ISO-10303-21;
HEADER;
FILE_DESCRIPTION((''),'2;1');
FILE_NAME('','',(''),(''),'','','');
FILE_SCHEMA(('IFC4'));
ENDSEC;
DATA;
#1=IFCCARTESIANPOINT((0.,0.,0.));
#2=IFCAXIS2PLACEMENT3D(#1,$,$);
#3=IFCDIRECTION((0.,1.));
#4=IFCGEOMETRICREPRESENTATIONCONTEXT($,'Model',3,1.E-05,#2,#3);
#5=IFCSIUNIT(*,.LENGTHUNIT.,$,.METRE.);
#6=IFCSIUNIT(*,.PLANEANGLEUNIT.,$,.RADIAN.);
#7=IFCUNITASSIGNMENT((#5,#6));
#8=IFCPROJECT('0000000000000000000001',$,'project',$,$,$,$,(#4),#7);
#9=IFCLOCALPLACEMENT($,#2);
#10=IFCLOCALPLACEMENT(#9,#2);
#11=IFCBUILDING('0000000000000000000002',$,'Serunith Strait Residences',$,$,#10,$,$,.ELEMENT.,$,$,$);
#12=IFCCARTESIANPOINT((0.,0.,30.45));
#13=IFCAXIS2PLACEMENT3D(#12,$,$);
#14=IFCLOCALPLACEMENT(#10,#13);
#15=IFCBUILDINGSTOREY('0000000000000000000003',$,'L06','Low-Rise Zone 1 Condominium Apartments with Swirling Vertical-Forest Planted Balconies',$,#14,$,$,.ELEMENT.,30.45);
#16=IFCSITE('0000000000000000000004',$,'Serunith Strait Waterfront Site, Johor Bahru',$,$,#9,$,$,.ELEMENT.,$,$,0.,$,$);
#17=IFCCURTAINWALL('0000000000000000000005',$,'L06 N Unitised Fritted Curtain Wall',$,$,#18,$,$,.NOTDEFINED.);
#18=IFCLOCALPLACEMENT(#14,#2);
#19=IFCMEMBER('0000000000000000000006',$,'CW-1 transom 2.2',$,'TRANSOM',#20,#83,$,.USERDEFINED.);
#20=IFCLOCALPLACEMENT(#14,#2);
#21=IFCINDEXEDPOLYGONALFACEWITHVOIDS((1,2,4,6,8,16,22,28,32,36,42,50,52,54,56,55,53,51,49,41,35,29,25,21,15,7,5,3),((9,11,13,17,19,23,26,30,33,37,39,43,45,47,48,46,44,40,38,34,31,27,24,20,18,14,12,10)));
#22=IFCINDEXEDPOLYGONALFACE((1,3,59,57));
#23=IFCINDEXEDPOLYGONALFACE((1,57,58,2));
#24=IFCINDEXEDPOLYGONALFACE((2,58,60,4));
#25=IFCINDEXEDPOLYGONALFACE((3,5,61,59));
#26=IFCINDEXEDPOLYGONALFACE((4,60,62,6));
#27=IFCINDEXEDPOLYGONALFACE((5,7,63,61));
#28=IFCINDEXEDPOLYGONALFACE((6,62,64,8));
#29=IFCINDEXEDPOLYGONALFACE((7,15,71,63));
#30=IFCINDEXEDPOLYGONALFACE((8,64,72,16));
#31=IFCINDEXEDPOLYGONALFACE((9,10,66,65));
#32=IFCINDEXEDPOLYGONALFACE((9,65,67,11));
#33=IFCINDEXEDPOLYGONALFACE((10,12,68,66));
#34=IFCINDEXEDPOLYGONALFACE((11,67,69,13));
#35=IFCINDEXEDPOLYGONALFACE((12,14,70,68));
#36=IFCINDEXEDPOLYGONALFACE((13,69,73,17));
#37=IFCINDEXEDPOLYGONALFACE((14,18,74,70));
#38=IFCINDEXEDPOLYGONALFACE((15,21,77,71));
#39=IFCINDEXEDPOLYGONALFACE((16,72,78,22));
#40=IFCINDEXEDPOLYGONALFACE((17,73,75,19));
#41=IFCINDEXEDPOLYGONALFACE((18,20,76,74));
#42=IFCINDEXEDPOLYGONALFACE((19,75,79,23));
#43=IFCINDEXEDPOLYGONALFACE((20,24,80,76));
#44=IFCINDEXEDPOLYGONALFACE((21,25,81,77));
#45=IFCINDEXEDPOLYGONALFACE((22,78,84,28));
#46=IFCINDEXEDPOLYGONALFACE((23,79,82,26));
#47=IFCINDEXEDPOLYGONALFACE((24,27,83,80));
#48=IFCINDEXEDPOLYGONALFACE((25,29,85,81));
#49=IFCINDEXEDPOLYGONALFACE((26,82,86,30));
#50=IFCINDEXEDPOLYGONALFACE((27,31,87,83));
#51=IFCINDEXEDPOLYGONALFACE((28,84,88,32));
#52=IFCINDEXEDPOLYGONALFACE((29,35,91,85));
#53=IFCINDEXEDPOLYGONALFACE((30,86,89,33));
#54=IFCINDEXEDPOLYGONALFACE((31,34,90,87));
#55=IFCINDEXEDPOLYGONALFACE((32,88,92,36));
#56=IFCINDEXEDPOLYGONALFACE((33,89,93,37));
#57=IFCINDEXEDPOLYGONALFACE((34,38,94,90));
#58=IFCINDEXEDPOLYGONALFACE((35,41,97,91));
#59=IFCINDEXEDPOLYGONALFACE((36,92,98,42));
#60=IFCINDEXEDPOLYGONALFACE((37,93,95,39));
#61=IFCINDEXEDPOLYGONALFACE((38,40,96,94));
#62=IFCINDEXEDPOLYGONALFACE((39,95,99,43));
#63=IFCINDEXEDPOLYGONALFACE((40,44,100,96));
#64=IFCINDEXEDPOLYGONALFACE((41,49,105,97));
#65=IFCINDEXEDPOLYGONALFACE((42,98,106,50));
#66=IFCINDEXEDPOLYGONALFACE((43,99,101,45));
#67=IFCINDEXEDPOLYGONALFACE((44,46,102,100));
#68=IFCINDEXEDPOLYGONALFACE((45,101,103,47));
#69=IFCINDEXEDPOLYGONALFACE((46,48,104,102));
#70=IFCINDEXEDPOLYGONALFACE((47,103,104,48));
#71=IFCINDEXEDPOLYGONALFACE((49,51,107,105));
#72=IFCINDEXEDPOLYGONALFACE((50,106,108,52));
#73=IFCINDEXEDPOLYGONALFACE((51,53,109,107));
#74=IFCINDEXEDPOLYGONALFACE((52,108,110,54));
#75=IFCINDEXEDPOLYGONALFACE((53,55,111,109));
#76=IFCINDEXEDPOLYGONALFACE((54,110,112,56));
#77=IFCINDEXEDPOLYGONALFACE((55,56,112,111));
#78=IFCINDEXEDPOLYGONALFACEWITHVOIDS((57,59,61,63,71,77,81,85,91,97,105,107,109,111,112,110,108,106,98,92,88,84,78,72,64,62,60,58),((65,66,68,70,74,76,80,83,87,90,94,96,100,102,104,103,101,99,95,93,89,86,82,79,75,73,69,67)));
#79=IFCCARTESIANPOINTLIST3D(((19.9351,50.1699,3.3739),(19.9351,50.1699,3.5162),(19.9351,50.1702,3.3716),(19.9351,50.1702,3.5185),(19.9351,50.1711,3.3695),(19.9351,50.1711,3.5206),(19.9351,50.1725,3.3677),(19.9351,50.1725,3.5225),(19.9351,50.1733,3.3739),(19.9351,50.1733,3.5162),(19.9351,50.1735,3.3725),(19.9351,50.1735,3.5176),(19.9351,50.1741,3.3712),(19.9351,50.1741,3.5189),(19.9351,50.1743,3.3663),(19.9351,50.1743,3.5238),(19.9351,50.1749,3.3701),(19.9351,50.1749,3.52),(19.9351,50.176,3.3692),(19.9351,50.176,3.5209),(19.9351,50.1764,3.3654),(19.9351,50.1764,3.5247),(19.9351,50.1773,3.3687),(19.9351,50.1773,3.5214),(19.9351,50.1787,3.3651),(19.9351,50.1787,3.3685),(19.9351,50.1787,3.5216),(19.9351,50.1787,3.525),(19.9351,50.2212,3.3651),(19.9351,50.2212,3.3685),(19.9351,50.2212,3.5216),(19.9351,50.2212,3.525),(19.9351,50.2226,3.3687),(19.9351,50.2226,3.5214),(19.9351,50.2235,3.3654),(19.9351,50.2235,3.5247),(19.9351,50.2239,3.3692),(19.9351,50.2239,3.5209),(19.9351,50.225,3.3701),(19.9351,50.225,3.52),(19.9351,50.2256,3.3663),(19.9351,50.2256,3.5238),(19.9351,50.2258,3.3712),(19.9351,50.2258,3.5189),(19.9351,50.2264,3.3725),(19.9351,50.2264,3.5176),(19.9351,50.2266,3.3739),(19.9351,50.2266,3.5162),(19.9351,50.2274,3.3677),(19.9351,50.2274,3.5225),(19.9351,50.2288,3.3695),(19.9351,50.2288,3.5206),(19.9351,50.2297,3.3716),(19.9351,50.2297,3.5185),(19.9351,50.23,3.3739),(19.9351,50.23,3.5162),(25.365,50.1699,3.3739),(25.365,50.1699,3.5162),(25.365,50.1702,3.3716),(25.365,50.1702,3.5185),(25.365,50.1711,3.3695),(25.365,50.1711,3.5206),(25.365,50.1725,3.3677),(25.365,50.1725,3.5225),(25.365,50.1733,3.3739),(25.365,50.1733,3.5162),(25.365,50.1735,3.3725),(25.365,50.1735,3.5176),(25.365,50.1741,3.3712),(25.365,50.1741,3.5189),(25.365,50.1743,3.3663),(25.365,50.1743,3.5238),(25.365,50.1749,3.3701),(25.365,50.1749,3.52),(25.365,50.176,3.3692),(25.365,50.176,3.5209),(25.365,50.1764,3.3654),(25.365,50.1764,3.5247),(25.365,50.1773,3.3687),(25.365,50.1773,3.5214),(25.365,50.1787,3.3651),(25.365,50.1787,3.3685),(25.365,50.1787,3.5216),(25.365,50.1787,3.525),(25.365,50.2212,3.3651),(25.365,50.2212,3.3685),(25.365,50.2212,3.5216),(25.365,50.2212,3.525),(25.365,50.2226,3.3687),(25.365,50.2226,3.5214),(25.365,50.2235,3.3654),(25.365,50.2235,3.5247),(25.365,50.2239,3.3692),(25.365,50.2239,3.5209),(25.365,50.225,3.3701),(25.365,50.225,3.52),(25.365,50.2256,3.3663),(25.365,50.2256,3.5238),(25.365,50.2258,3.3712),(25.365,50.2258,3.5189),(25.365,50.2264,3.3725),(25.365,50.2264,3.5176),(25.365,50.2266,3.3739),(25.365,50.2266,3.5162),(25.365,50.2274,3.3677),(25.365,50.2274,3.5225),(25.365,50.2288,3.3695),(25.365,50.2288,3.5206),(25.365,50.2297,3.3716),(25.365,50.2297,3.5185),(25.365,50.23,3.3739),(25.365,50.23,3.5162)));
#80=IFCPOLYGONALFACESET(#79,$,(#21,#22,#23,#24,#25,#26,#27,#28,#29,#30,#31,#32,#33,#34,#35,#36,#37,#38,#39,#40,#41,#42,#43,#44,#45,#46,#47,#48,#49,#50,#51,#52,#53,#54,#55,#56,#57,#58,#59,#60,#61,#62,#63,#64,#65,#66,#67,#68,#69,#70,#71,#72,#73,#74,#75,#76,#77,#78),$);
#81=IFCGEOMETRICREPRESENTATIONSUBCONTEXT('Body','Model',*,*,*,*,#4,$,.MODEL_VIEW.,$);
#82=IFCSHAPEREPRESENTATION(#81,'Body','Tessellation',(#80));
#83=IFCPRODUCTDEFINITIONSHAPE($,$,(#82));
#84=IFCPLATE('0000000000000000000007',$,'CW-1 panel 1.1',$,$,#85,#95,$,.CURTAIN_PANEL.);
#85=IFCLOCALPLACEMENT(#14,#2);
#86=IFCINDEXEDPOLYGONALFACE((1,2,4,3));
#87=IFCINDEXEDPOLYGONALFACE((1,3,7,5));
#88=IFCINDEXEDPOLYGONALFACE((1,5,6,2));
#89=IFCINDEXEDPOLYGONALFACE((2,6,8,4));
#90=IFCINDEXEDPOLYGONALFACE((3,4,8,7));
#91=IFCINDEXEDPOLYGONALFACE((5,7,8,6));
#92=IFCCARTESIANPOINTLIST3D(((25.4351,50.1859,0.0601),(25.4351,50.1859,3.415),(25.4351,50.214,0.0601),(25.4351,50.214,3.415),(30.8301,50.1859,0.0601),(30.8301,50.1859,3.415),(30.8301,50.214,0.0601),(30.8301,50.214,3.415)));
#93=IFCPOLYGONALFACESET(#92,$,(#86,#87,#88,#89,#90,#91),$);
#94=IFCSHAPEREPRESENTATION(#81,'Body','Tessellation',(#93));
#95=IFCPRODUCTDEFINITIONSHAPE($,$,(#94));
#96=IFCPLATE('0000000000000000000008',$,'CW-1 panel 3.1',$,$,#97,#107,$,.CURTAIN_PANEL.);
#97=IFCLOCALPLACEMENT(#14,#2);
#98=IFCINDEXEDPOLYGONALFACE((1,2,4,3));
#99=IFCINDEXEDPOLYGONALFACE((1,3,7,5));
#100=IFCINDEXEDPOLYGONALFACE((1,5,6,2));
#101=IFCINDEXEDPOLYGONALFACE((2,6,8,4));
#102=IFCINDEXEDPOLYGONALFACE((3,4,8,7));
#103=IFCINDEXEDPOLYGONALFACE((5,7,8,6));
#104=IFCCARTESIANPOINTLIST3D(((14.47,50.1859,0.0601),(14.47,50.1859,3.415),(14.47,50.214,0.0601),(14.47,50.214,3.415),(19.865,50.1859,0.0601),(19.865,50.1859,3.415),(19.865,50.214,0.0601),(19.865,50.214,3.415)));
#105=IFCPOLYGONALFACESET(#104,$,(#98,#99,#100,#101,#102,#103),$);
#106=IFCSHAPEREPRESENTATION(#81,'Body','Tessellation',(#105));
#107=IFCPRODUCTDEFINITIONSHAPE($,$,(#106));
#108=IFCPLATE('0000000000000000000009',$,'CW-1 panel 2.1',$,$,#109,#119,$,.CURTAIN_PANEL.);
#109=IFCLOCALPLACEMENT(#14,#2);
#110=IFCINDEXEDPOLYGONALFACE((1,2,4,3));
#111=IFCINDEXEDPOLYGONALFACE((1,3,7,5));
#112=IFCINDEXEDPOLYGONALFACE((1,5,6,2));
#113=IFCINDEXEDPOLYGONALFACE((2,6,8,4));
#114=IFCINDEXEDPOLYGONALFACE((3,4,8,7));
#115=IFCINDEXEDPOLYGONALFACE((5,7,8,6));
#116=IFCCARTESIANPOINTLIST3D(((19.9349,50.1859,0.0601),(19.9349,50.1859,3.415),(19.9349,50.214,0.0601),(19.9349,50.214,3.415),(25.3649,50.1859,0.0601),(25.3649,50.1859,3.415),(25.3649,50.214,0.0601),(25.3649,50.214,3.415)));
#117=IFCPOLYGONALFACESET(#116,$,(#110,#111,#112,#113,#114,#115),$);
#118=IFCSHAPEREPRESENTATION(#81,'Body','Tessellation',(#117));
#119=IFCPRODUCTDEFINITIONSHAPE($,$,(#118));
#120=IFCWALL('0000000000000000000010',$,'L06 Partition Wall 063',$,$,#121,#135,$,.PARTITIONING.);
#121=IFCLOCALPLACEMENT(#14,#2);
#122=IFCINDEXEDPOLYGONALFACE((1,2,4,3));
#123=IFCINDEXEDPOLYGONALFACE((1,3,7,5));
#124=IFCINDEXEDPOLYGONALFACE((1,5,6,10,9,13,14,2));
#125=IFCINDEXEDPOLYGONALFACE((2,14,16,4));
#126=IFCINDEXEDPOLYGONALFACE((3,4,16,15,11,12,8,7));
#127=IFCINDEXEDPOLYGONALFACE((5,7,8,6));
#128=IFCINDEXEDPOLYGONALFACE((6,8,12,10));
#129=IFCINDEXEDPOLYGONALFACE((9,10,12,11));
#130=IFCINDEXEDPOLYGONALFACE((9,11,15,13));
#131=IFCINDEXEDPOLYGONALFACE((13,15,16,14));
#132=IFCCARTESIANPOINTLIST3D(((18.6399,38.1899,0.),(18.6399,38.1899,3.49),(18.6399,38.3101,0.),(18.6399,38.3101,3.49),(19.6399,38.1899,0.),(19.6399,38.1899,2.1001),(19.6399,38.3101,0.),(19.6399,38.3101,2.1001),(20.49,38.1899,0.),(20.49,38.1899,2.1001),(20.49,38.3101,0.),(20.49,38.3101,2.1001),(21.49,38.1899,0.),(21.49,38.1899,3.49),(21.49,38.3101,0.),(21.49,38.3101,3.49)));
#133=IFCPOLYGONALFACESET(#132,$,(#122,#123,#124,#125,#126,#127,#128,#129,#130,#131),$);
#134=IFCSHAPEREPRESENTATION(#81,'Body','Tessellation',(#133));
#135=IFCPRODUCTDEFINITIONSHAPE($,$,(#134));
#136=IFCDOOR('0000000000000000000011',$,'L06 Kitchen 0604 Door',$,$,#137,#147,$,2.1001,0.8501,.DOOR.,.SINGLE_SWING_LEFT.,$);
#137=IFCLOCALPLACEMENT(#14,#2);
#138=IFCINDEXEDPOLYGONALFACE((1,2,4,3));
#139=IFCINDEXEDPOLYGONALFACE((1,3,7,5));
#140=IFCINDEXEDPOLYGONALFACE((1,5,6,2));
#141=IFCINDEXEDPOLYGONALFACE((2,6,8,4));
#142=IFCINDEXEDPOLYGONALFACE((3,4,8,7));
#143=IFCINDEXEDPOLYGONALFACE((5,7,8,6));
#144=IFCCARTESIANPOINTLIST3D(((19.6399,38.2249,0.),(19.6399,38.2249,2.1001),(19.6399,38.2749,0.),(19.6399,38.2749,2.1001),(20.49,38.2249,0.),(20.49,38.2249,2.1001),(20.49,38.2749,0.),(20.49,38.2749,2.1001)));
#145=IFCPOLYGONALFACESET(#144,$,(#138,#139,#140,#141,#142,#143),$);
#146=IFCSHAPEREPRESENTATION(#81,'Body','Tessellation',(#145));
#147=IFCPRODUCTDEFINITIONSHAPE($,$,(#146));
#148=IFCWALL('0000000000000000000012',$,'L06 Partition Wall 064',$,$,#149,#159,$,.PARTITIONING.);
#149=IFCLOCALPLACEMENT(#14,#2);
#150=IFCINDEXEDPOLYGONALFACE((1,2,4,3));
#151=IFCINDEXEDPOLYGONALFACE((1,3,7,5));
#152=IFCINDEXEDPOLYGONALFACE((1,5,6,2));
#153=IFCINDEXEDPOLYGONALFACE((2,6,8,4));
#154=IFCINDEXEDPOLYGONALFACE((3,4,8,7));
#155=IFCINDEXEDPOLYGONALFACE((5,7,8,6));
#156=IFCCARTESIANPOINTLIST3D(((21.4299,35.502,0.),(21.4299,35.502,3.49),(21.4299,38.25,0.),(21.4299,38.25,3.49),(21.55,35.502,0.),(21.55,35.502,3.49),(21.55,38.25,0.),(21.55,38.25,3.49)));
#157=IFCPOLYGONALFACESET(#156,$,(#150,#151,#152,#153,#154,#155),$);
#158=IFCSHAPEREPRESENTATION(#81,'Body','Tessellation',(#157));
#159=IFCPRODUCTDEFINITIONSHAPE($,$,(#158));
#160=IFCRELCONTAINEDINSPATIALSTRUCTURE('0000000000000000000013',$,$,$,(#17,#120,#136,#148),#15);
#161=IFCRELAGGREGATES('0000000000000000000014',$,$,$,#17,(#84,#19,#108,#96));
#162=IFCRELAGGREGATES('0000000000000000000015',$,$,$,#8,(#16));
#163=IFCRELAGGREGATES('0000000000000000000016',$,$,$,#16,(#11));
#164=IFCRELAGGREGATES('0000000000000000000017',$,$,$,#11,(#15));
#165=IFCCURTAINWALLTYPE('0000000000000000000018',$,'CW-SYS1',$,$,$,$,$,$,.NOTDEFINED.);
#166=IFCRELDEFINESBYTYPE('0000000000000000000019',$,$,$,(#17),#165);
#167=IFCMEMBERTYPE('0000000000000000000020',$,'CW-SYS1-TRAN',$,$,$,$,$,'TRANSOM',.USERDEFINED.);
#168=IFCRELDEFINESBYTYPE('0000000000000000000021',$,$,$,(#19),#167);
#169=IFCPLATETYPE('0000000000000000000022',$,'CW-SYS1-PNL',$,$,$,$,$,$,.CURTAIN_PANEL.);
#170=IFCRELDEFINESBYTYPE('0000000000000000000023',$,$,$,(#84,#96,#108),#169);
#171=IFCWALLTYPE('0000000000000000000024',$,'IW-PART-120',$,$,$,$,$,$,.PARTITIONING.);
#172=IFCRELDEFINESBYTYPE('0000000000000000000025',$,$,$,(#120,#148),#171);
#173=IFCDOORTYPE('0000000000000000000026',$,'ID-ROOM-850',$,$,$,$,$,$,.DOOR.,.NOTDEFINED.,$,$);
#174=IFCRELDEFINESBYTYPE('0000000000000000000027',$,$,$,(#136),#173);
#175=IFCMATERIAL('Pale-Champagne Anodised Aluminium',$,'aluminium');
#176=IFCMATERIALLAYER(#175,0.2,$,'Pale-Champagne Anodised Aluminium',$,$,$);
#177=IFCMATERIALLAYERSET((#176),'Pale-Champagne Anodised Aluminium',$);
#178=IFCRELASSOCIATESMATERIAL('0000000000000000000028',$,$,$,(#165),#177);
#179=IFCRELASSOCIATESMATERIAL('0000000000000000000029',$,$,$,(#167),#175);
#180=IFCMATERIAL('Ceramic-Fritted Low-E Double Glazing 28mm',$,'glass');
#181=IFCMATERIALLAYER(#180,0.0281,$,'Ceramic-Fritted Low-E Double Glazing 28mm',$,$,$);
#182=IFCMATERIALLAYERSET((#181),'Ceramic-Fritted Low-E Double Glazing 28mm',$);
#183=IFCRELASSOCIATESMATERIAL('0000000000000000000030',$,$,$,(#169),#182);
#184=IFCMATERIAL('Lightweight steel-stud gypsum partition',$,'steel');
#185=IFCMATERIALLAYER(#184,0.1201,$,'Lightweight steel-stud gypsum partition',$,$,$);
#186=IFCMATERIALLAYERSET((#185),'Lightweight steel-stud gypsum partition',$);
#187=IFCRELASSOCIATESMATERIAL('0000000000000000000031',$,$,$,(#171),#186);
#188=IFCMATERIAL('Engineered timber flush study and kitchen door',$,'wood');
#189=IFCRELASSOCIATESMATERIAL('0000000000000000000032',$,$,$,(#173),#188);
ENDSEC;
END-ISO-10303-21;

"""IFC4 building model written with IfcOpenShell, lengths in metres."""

from ifc_helpers import new_model, si_unit, direction, frame, frame_2d, origin, origin_2d, place, context, subcontext, project, spatial, rectangle, hollow_rectangle, extrude, source, transform, mapped, material, layer, layer_set, material_profile, profile_set, type_object, element, fill, aggregate, save


model = new_model("IFC4")

# Units and contexts
model_context = context("Model", 3, precision=1e-05, world=origin(), true_north=direction((0.0, 1.0)))
body_context = subcontext(model_context, "Body", "Model", "MODEL_VIEW")
ifc_project = project(units=[si_unit("LENGTHUNIT", "METRE"), si_unit("PLANEANGLEUNIT", "RADIAN")], contexts=[model_context])

# Site, building, storey
site_placement = place(None, origin())
site = spatial("IfcSite", under=ifc_project, at=site_placement, Name="Serunith Strait Waterfront Site, Johor Bahru", CompositionType="ELEMENT", RefElevation=0.0)
building_placement = place(site_placement, origin())
building = spatial("IfcBuilding", under=site, at=building_placement, Name="Serunith Strait Residences", CompositionType="ELEMENT")
storey_placement = place(building_placement, frame((0.0, 0.0, 30.45)))
storey = spatial("IfcBuildingStorey", under=building, at=storey_placement, Name="L06", Description="Low-Rise Zone 1 Condominium Apartments with Swirling Vertical-Forest Planted Balconies", CompositionType="ELEMENT", Elevation=30.45)

# Curtain wall, member, plates
ifc_material_1 = material(Name="Pale-Champagne Anodised Aluminium", Category="aluminium")
ifc_layer_1 = layer(ifc_material_1, 0.2, Name="Pale-Champagne Anodised Aluminium")
ifc_layer_set_1 = layer_set([ifc_layer_1], Name="Pale-Champagne Anodised Aluminium")
curtain_wall_type = type_object("IfcCurtainWallType", Name="CW-SYS1", PredefinedType="NOTDEFINED", material=ifc_layer_set_1)
curtain_wall_placement = place(storey_placement, origin())
curtain_wall = element("IfcCurtainWall", 1, at=curtain_wall_placement, inside=storey, type_object=curtain_wall_type, Name="L06 N Unitised Fritted Curtain Wall", PredefinedType="NOTDEFINED")
ifc_material_profile_1 = material_profile(ifc_material_1, hollow_rectangle(XDim=0.0601, YDim=0.1599, WallThickness=0.0034, InnerFilletRadius=0.0054, OuterFilletRadius=0.0088, at=origin_2d()), Name="ALU 160x60x3.5")
ifc_profile_set_1 = profile_set([ifc_material_profile_1], Name="Pale-Champagne Anodised Aluminium")
member_type_1 = type_object("IfcMemberType", Name="CW-SYS1-TRAN", ElementType="TRANSOM", PredefinedType="USERDEFINED", material=ifc_profile_set_1)
shared_shape_1 = source(origin(), body_context, "Body", "SweptSolid", [
    extrude(hollow_rectangle(XDim=0.0601, YDim=0.1599, WallThickness=0.0034, InnerFilletRadius=0.0054, OuterFilletRadius=0.0088, at=origin_2d()), origin(), (0.0, 0.0, 1.0), 5.4299),
])
member_1_placement = place(storey_placement, frame((25.365, 50.2, 3.4451), z_axis=(-1.0, 0.0, 0.0), x_axis=(0.0, -1.0, 0.0)))
member_1 = element("IfcMember", 2, at=member_1_placement, type_object=member_type_1, Name="CW-1 transom 2.2", ObjectType="TRANSOM", PredefinedType="USERDEFINED", context=body_context, shape_type="MappedRepresentation", body=[
    mapped(shared_shape_1, transform((0.0, 0.0, 0.0), scale=1.0)),
])
ifc_material_2 = material(Name="Ceramic-Fritted Low-E Double Glazing 28mm", Category="glass")
ifc_layer_2 = layer(ifc_material_2, 0.0281, Name="Ceramic-Fritted Low-E Double Glazing 28mm")
ifc_layer_set_2 = layer_set([ifc_layer_2], Name="Ceramic-Fritted Low-E Double Glazing 28mm")
plate_type = type_object("IfcPlateType", Name="CW-SYS1-PNL", PredefinedType="CURTAIN_PANEL", material=ifc_layer_set_2)
shared_shape_2 = source(origin(), body_context, "Body", "SweptSolid", [
    extrude(rectangle(XDim=5.395, YDim=0.0281, at=origin_2d()), origin(), (0.0, 0.0, 1.0), 3.355),
])
plate_1_placement = place(storey_placement, frame((28.1326, 50.2, 0.0601), z_axis=(0.0, 0.0, 1.0), x_axis=(-1.0, 0.0, 0.0)))
plate_1 = element("IfcPlate", 3, at=plate_1_placement, type_object=plate_type, Name="CW-1 panel 1.1", PredefinedType="CURTAIN_PANEL", context=body_context, shape_type="MappedRepresentation", body=[
    mapped(shared_shape_2, transform((0.0, 0.0, 0.0), scale=1.0)),
])
plate_2_placement = place(storey_placement, frame((17.1675, 50.2, 0.0601), z_axis=(0.0, 0.0, 1.0), x_axis=(-1.0, 0.0, 0.0)))
plate_2 = element("IfcPlate", 4, at=plate_2_placement, type_object=plate_type, Name="CW-1 panel 3.1", PredefinedType="CURTAIN_PANEL", context=body_context, shape_type="MappedRepresentation", body=[
    mapped(shared_shape_2, transform((0.0, 0.0, 0.0), scale=1.0)),
])
shared_shape_3 = source(origin(), body_context, "Body", "SweptSolid", [
    extrude(rectangle(XDim=5.4299, YDim=0.0281, at=origin_2d()), origin(), (0.0, 0.0, 1.0), 3.355),
])
plate_3_placement = place(storey_placement, frame((22.6499, 50.2, 0.0601), z_axis=(0.0, 0.0, 1.0), x_axis=(-1.0, 0.0, 0.0)))
plate_3 = element("IfcPlate", 5, at=plate_3_placement, type_object=plate_type, Name="CW-1 panel 2.1", PredefinedType="CURTAIN_PANEL", context=body_context, shape_type="MappedRepresentation", body=[
    mapped(shared_shape_3, transform((0.0, 0.0, 0.0), scale=1.0)),
])
aggregate(curtain_wall, [plate_1, member_1, plate_3, plate_2])

# Wall, opening, door
ifc_material_3 = material(Name="Lightweight steel-stud gypsum partition", Category="steel")
ifc_layer_3 = layer(ifc_material_3, 0.1201, Name="Lightweight steel-stud gypsum partition")
ifc_layer_set_3 = layer_set([ifc_layer_3], Name="Lightweight steel-stud gypsum partition")
wall_type = type_object("IfcWallType", Name="IW-PART-120", PredefinedType="PARTITIONING", material=ifc_layer_set_3)
wall_1_placement = place(storey_placement, frame((18.6399, 38.25, 0.0), z_axis=(0.0, 0.0, 1.0), x_axis=(1.0, 0.0, 0.0)))
wall_1 = element("IfcWall", 6, at=wall_1_placement, inside=storey, type_object=wall_type, Name="L06 Partition Wall 063", PredefinedType="PARTITIONING", context=body_context, shape_type="SweptSolid", body=[
    extrude(rectangle(XDim=2.8501, YDim=0.1201, at=frame_2d((1.425, 0.0))), origin(), (0.0, 0.0, 1.0), 3.49),
])
opening_1_placement = place(wall_1_placement, frame((1.0, 0.0, 0.0)))
opening_1 = element("IfcOpeningElement", 7, at=opening_1_placement, cuts=wall_1, PredefinedType="OPENING", context=body_context, shape_type="SweptSolid", body=[
    extrude(rectangle(XDim=0.8501, YDim=2.1001, at=frame_2d((0.425, 1.05))), frame((0.0, 0.0701, 0.0), z_axis=(0.0, -1.0, 0.0), x_axis=(1.0, 0.0, 0.0)), (0.0, 0.0, 1.0), 0.1401),
])
ifc_material_4 = material(Name="Engineered timber flush study and kitchen door", Category="wood")
door_type_1 = type_object("IfcDoorType", Name="ID-ROOM-850", OperationType="NOTDEFINED", PredefinedType="DOOR", material=ifc_material_4)
shared_shape_4 = source(origin(), body_context, "Body", "SweptSolid", [
    extrude(rectangle(XDim=0.8501, YDim=2.1001, at=frame_2d((0.425, 1.05))), frame((0.0, 0.0249, 0.0), z_axis=(0.0, -1.0, 0.0), x_axis=(1.0, 0.0, 0.0)), (0.0, 0.0, 1.0), 0.05),
])
door_1_placement = place(opening_1_placement, origin())
door_1 = element("IfcDoor", 8, at=door_1_placement, inside=storey, type_object=door_type_1, Name="L06 Kitchen 0604 Door", OperationType="SINGLE_SWING_LEFT", OverallHeight=2.1001, OverallWidth=0.8501, PredefinedType="DOOR", context=body_context, shape_type="MappedRepresentation", body=[
    mapped(shared_shape_4, transform((0.0, 0.0, 0.0), scale=1.0)),
])
fill(opening_1, door_1)

# Wall
wall_2_placement = place(storey_placement, frame((21.49, 38.25, 0.0), z_axis=(0.0, 0.0, 1.0), x_axis=(0.0, -1.0, 0.0)))
element("IfcWall", 9, at=wall_2_placement, inside=storey, type_object=wall_type, Name="L06 Partition Wall 064", PredefinedType="PARTITIONING", context=body_context, shape_type="SweptSolid", body=[
    extrude(rectangle(XDim=2.748, YDim=0.1201, at=frame_2d((1.374, 0.0))), origin(), (0.0, 0.0, 1.0), 3.49),
])

save(model, "model.ifc")
